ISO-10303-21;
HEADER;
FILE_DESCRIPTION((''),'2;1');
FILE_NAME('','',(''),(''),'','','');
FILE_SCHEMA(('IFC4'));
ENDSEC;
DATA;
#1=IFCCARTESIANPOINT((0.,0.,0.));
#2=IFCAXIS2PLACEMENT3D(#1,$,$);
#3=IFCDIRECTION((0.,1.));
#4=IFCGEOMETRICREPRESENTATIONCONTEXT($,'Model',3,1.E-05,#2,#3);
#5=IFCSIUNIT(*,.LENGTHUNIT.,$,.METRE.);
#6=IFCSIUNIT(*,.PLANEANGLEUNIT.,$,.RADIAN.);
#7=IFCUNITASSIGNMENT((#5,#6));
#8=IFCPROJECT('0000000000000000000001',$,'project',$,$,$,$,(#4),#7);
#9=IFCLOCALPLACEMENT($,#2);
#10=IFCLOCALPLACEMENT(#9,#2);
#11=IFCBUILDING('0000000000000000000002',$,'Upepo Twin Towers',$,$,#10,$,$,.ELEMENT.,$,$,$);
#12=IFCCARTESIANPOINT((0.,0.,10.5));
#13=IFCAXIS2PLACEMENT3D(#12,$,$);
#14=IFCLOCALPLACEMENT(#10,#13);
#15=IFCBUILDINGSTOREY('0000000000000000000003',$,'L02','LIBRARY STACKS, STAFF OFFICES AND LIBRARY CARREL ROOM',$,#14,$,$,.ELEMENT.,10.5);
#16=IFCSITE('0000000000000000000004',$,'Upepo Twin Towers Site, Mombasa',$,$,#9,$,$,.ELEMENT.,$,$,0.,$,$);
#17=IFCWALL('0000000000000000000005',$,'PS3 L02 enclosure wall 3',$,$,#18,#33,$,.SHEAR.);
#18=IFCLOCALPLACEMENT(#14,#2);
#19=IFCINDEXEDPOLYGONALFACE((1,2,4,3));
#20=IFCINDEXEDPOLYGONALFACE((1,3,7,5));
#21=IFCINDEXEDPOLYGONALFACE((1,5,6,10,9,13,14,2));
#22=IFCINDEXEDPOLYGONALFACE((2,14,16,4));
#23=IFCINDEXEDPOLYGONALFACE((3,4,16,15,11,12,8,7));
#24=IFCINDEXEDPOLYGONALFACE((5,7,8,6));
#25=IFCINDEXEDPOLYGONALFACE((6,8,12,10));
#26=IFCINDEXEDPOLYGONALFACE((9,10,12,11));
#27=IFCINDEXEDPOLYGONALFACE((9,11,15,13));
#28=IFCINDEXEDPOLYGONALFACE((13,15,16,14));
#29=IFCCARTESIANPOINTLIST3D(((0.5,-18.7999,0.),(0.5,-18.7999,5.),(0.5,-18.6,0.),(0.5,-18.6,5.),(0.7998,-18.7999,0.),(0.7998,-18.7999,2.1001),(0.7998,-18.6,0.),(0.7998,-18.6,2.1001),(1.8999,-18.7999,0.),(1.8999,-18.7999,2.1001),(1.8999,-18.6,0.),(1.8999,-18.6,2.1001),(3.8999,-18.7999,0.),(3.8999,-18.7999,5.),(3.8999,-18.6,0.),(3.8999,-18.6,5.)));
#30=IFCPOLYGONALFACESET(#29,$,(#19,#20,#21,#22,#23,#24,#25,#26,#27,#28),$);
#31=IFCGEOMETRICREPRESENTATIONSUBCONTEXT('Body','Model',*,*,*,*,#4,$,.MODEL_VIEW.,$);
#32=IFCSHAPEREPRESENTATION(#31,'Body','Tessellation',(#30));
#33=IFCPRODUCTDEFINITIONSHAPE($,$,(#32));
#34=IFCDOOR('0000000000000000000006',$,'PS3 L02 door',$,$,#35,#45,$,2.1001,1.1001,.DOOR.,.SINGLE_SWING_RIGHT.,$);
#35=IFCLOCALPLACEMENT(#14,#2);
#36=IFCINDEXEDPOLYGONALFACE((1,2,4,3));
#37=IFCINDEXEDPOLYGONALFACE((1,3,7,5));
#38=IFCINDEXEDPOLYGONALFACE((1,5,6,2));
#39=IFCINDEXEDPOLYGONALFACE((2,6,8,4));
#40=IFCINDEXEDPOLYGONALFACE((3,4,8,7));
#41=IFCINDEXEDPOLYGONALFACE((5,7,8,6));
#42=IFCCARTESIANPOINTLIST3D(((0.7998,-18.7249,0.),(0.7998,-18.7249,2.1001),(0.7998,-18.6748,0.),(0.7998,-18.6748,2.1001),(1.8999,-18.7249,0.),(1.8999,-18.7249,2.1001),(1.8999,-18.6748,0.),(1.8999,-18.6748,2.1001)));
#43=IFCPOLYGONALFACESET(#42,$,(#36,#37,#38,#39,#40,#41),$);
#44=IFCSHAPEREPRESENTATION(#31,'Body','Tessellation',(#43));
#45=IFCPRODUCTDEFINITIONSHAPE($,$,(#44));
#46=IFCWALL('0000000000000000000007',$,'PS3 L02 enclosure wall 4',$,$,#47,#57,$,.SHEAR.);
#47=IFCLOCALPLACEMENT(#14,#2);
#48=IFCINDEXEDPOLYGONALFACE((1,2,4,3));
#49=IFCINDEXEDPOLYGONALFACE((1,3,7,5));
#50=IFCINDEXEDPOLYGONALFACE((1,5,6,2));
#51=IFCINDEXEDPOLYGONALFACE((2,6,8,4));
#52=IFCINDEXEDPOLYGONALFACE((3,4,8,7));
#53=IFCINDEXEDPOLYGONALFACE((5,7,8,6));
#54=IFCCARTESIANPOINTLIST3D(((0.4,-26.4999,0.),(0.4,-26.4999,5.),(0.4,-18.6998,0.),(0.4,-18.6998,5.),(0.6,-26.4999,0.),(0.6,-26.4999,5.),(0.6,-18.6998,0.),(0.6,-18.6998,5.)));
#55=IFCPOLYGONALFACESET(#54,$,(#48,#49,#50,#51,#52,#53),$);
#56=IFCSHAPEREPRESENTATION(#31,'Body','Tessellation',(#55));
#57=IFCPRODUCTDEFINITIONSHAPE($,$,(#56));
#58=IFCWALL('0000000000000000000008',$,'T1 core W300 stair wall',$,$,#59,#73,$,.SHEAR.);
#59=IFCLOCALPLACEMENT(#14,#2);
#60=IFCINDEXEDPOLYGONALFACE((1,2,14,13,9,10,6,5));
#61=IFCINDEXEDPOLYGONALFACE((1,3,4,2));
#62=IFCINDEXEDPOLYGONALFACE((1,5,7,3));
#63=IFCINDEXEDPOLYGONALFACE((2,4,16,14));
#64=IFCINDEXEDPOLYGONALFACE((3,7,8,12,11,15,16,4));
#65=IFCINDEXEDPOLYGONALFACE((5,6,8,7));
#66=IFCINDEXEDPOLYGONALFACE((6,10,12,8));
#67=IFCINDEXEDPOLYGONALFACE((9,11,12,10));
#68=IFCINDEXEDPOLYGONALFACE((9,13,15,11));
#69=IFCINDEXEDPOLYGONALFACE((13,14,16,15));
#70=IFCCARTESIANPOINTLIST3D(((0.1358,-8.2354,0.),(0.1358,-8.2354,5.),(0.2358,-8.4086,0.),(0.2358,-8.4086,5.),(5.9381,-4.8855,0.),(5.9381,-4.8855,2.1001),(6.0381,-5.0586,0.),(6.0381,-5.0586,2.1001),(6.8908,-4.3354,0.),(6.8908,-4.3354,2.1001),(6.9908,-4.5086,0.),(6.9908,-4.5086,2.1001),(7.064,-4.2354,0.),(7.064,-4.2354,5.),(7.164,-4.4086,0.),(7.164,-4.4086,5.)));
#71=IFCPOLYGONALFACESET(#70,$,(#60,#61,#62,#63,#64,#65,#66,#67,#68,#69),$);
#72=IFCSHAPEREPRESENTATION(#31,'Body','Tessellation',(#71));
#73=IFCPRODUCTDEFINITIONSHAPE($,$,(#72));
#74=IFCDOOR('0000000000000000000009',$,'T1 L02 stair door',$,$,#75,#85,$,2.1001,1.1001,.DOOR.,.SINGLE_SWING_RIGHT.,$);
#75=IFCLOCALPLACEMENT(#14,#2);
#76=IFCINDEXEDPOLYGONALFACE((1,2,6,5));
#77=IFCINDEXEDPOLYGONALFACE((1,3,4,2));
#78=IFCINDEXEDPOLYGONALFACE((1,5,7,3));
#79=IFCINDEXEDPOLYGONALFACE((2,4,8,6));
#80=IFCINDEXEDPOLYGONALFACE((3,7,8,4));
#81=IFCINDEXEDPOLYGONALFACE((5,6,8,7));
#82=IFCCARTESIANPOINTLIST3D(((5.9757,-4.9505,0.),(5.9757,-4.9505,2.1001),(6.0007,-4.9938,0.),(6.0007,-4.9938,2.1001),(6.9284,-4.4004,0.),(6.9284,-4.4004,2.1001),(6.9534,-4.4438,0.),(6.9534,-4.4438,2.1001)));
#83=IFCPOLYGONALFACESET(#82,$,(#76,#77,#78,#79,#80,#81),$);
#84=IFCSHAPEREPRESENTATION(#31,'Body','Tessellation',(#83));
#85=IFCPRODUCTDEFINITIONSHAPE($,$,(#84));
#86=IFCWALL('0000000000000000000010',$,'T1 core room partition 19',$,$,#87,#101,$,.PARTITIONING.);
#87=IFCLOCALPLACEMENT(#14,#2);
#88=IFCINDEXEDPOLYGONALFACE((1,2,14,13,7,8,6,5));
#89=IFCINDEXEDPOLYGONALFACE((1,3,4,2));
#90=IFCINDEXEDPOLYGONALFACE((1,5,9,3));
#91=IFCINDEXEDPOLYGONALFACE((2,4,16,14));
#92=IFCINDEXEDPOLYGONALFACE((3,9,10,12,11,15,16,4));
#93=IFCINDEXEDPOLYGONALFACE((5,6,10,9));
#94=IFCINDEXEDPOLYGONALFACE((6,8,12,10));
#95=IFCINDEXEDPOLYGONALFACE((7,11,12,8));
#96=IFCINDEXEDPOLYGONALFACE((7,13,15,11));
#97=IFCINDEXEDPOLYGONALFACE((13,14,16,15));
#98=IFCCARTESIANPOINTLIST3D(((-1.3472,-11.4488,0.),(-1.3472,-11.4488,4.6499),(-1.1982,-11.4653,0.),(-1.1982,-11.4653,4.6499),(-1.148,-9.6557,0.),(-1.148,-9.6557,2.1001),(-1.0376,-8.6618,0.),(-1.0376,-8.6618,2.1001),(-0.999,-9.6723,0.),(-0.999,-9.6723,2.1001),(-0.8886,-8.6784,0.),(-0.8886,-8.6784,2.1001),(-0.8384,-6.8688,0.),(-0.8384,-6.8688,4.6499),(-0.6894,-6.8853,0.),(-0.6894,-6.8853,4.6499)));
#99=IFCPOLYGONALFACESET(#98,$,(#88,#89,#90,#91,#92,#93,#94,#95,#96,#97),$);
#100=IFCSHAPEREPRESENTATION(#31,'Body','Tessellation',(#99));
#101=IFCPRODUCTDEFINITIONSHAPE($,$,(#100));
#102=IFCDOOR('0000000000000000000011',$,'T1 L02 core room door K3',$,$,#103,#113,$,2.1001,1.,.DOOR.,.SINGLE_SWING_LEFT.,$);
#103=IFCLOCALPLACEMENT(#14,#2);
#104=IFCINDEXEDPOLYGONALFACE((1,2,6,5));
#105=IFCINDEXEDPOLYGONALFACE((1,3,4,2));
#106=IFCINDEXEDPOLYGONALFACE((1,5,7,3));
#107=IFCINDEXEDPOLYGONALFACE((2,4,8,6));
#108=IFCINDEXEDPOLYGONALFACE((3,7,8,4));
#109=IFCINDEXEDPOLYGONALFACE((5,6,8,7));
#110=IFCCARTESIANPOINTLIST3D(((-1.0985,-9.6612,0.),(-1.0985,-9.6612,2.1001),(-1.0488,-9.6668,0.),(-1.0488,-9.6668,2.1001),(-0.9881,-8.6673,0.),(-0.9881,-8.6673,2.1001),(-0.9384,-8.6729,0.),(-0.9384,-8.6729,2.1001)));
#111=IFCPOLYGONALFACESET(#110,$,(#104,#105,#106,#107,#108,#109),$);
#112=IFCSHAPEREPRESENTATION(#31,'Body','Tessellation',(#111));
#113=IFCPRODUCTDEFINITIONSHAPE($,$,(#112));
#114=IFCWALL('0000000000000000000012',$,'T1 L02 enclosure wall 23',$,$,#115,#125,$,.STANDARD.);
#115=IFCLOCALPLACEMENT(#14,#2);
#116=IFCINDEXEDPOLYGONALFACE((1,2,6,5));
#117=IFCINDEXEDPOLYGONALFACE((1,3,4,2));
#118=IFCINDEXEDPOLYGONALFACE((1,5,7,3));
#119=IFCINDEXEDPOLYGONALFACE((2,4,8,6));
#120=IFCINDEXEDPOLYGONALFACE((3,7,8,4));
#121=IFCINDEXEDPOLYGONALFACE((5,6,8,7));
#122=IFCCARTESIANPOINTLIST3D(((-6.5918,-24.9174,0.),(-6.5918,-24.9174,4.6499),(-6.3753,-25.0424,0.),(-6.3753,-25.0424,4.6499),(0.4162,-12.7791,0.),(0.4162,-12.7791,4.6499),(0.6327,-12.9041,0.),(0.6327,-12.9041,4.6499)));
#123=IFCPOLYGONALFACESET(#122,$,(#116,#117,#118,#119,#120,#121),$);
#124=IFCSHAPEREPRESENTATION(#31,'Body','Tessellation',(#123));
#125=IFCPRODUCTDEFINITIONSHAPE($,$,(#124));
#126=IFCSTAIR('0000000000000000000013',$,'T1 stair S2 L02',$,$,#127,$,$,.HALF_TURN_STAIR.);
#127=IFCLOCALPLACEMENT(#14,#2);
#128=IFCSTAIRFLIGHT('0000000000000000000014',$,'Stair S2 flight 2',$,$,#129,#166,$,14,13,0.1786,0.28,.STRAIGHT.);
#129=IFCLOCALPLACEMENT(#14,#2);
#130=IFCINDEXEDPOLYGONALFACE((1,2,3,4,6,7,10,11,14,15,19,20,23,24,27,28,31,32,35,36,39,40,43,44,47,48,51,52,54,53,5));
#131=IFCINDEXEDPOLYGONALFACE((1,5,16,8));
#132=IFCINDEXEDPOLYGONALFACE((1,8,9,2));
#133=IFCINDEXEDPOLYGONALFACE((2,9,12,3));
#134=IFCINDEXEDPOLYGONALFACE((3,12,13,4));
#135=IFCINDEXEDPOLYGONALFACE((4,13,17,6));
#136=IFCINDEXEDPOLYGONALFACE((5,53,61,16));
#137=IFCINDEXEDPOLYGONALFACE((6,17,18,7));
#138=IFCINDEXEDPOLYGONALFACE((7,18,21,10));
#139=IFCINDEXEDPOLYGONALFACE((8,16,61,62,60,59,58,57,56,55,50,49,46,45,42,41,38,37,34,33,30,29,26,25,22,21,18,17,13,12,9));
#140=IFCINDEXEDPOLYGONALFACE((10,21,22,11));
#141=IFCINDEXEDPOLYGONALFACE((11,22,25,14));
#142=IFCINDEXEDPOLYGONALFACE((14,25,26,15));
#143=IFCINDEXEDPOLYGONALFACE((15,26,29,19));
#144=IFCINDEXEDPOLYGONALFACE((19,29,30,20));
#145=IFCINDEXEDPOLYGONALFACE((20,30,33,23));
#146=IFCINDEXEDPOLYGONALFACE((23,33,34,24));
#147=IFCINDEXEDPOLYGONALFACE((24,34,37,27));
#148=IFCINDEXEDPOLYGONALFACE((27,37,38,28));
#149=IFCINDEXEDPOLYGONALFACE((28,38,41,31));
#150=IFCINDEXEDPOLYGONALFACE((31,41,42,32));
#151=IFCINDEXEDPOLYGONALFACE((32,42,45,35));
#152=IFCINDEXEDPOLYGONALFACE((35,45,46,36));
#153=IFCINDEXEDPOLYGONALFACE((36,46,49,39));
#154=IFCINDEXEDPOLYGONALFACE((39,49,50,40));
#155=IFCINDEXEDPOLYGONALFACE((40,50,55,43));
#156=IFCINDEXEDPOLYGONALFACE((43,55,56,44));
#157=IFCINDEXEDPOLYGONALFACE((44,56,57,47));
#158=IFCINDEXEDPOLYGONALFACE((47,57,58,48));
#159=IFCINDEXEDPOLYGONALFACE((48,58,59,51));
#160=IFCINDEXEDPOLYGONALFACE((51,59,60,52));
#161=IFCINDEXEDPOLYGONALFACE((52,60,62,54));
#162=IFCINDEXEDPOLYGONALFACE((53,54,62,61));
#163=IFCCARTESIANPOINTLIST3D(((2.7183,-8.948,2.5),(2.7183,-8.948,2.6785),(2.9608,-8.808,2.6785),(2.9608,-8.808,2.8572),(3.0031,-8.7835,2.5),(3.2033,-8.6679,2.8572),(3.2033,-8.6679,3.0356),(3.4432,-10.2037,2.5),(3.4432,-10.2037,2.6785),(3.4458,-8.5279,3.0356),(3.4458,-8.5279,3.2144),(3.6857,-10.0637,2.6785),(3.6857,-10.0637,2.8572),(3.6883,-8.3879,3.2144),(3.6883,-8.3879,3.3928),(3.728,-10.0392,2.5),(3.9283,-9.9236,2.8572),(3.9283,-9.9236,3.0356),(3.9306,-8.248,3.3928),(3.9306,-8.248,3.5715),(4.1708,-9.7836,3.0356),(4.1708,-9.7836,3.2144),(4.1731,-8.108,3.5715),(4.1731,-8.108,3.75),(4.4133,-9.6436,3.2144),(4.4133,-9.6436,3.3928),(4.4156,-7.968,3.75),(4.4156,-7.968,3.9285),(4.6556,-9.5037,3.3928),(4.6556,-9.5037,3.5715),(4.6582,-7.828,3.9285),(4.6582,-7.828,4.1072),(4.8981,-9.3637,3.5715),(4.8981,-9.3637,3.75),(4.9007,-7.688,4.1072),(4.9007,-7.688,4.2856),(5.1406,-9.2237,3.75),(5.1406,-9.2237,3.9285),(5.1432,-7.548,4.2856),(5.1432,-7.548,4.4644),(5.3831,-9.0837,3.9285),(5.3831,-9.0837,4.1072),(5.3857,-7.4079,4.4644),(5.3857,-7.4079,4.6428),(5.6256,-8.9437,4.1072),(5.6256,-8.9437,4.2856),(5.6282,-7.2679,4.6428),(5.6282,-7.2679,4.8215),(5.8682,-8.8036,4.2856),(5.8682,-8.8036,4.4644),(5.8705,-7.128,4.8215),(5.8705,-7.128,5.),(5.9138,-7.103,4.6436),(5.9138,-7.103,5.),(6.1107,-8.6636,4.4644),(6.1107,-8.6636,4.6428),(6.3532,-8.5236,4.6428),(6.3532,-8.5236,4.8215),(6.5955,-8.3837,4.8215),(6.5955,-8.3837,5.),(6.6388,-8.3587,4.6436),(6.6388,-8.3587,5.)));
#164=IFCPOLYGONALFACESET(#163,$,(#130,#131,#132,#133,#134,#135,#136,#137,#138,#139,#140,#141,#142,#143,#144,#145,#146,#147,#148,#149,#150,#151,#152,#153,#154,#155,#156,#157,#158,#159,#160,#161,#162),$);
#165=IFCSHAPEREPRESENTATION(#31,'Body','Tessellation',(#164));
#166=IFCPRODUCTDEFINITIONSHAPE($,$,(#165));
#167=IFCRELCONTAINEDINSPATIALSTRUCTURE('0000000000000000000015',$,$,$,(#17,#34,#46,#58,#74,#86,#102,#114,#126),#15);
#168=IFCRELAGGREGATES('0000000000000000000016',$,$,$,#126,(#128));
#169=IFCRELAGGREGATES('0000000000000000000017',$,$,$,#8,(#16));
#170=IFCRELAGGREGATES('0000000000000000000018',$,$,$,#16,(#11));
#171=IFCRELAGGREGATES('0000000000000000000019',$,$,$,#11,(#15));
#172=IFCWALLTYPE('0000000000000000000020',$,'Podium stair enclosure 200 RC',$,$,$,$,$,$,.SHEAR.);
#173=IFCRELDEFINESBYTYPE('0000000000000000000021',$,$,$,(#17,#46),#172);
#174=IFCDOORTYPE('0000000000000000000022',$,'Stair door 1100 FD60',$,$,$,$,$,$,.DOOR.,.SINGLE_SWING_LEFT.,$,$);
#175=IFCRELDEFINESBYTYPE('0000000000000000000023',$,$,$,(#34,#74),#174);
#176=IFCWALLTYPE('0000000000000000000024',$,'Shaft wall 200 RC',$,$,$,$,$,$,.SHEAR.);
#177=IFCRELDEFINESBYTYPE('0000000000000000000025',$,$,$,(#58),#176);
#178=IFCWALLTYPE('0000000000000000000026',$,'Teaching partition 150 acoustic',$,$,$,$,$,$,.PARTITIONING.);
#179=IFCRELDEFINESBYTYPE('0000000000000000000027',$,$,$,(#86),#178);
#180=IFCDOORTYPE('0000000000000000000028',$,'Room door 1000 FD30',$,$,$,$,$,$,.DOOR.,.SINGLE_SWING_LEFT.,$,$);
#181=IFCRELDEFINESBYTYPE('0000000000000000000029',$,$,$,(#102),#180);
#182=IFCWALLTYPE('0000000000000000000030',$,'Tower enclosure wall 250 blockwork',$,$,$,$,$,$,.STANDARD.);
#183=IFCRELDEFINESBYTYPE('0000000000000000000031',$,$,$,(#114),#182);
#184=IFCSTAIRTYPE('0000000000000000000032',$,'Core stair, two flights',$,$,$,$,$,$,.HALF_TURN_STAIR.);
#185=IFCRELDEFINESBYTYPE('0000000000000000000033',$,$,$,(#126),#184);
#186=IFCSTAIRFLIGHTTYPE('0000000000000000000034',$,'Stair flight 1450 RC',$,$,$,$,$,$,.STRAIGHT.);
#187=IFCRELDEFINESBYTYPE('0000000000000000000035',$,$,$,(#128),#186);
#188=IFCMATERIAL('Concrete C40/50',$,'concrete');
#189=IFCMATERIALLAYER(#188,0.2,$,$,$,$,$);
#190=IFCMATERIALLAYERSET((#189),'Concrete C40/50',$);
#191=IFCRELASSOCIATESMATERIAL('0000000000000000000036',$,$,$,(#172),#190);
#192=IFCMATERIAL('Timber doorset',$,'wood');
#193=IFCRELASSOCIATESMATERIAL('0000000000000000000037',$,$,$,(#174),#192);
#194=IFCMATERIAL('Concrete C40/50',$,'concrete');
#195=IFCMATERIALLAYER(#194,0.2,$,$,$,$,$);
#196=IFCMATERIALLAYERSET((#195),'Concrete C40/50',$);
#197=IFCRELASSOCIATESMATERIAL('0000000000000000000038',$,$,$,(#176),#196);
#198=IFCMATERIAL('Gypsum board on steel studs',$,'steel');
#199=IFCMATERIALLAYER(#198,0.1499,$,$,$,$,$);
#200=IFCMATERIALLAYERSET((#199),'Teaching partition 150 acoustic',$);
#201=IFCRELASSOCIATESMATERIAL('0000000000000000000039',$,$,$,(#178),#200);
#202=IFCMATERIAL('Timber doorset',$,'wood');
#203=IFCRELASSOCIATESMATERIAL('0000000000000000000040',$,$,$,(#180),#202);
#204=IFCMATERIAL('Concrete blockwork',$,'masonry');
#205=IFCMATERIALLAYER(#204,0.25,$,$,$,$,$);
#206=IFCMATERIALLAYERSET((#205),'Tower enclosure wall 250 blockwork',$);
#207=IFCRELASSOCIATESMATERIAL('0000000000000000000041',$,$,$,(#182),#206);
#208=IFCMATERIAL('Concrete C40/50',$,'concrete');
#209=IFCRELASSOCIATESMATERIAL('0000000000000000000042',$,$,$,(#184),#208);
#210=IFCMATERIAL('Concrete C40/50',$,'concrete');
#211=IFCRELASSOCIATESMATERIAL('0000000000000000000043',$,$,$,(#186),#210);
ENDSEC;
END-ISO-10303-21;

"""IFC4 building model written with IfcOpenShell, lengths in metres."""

from ifc_helpers import new_model, si_unit, direction, frame, frame_2d, origin, place, context, subcontext, project, spatial, polyline, rectangle, outline, extrude, material, layer, layer_set, type_object, element, fill, aggregate, save


model = new_model("IFC4")

# Units and contexts
model_context = context("Model", 3, precision=1e-05, world=origin(), true_north=direction((0.0, 1.0)))
body_context = subcontext(model_context, "Body", "Model", "MODEL_VIEW")
ifc_project = project(units=[si_unit("LENGTHUNIT", "METRE"), si_unit("PLANEANGLEUNIT", "RADIAN")], contexts=[model_context])

# Site, building, storey
site_placement = place(None, origin())
site = spatial("IfcSite", under=ifc_project, at=site_placement, Name="Upepo Twin Towers Site, Mombasa", CompositionType="ELEMENT", RefElevation=0.0)
building_placement = place(site_placement, origin())
building = spatial("IfcBuilding", under=site, at=building_placement, Name="Upepo Twin Towers", CompositionType="ELEMENT")
storey_placement = place(building_placement, frame((0.0, 0.0, 10.5)))
storey = spatial("IfcBuildingStorey", under=building, at=storey_placement, Name="L02", Description="LIBRARY STACKS, STAFF OFFICES AND LIBRARY CARREL ROOM", CompositionType="ELEMENT", Elevation=10.5)

# Wall, opening, door
ifc_material_1 = material(Name="Concrete C40/50", Category="concrete")
ifc_layer_1 = layer(ifc_material_1, 0.2)
ifc_layer_set_1 = layer_set([ifc_layer_1], Name="Concrete C40/50")
wall_type_1 = type_object("IfcWallType", Name="Podium stair enclosure 200 RC", PredefinedType="SHEAR", material=ifc_layer_set_1)
wall_1_placement = place(storey_placement, frame((3.8999, -18.7, 0.0), z_axis=(0.0, 0.0, 1.0), x_axis=(-1.0, 0.0, 0.0)))
wall_1 = element("IfcWall", 1, at=wall_1_placement, inside=storey, type_object=wall_type_1, Name="PS3 L02 enclosure wall 3", PredefinedType="SHEAR", context=body_context, shape_type="SweptSolid", body=[
    extrude(rectangle(XDim=3.3999, YDim=0.2, at=frame_2d((1.7, 0.0))), origin(), (0.0, 0.0, 1.0), 5.0),
])
opening_1_placement = place(wall_1_placement, frame((2.0, 0.0, 0.0)))
opening_1 = element("IfcOpeningElement", 2, at=opening_1_placement, cuts=wall_1, PredefinedType="OPENING", context=body_context, shape_type="SweptSolid", body=[
    extrude(rectangle(XDim=1.1001, YDim=2.1001, at=frame_2d((0.55, 1.05))), frame((0.0, 0.1099, 0.0), z_axis=(0.0, -1.0, 0.0), x_axis=(1.0, 0.0, 0.0)), (0.0, 0.0, 1.0), 0.22),
])
ifc_material_2 = material(Name="Timber doorset", Category="wood")
door_type_1 = type_object("IfcDoorType", Name="Stair door 1100 FD60", OperationType="SINGLE_SWING_LEFT", PredefinedType="DOOR", material=ifc_material_2)
door_1_placement = place(opening_1_placement, origin())
door_1 = element("IfcDoor", 3, at=door_1_placement, inside=storey, type_object=door_type_1, Name="PS3 L02 door", OperationType="SINGLE_SWING_RIGHT", OverallHeight=2.1001, OverallWidth=1.1001, PredefinedType="DOOR", context=body_context, shape_type="SweptSolid", body=[
    extrude(rectangle(XDim=1.1001, YDim=2.1001, at=frame_2d((0.55, 1.05))), frame((0.0, 0.0249, 0.0), z_axis=(0.0, -1.0, 0.0), x_axis=(1.0, 0.0, 0.0)), (0.0, 0.0, 1.0), 0.05),
])
fill(opening_1, door_1)

# Wall
wall_2_placement = place(storey_placement, frame((0.5, -18.7, 0.0), z_axis=(0.0, 0.0, 1.0), x_axis=(0.0, -1.0, 0.0)))
element("IfcWall", 4, at=wall_2_placement, inside=storey, type_object=wall_type_1, Name="PS3 L02 enclosure wall 4", PredefinedType="SHEAR", context=body_context, shape_type="SweptSolid", body=[
    extrude(rectangle(XDim=7.8, YDim=0.2, at=frame_2d((3.8999, 0.0))), origin(), (0.0, 0.0, 1.0), 5.0),
])

# Walls, openings, doors
ifc_material_3 = material(Name="Concrete C40/50", Category="concrete")
ifc_layer_2 = layer(ifc_material_3, 0.2)
ifc_layer_set_2 = layer_set([ifc_layer_2], Name="Concrete C40/50")
wall_type_2 = type_object("IfcWallType", Name="Shaft wall 200 RC", PredefinedType="SHEAR", material=ifc_layer_set_2)
wall_3_placement = place(storey_placement, frame((0.1858, -8.322, 0.0), z_axis=(0.0, 0.0, 1.0), x_axis=(0.866026, 0.499999, 0.0)))
wall_3 = element("IfcWall", 5, at=wall_3_placement, inside=storey, type_object=wall_type_2, Name="T1 core W300 stair wall", PredefinedType="SHEAR", context=body_context, shape_type="SweptSolid", body=[
    extrude(rectangle(XDim=8.0, YDim=0.2, at=frame_2d((4.0, 0.0))), origin(), (0.0, 0.0, 1.0), 5.0),
])
opening_2_placement = place(wall_3_placement, frame((6.7, 0.0, 0.0)))
opening_2 = element("IfcOpeningElement", 6, at=opening_2_placement, cuts=wall_3, PredefinedType="OPENING", context=body_context, shape_type="SweptSolid", body=[
    extrude(rectangle(XDim=1.1001, YDim=2.1001, at=frame_2d((0.55, 1.05))), frame((0.0, 0.1099, 0.0), z_axis=(0.0, -1.0, 0.0), x_axis=(1.0, 0.0, 0.0)), (0.0, 0.0, 1.0), 0.22),
])
door_2_placement = place(opening_2_placement, origin())
door_2 = element("IfcDoor", 7, at=door_2_placement, inside=storey, type_object=door_type_1, Name="T1 L02 stair door", OperationType="SINGLE_SWING_RIGHT", OverallHeight=2.1001, OverallWidth=1.1001, PredefinedType="DOOR", context=body_context, shape_type="SweptSolid", body=[
    extrude(rectangle(XDim=1.1001, YDim=2.1001, at=frame_2d((0.55, 1.05))), frame((0.0, 0.0249, 0.0), z_axis=(0.0, -1.0, 0.0), x_axis=(1.0, 0.0, 0.0)), (0.0, 0.0, 1.0), 0.05),
])
fill(opening_2, door_2)
ifc_material_4 = material(Name="Gypsum board on steel studs", Category="steel")
ifc_layer_3 = layer(ifc_material_4, 0.1499)
ifc_layer_set_3 = layer_set([ifc_layer_3], Name="Teaching partition 150 acoustic")
wall_type_3 = type_object("IfcWallType", Name="Teaching partition 150 acoustic", PredefinedType="PARTITIONING", material=ifc_layer_set_3)
wall_4_placement = place(storey_placement, frame((-0.7639, -6.877, 0.0), z_axis=(0.0, 0.0, 1.0), x_axis=(-0.110408, -0.993886, 0.0)))
wall_4 = element("IfcWall", 8, at=wall_4_placement, inside=storey, type_object=wall_type_3, Name="T1 core room partition 19", PredefinedType="PARTITIONING", context=body_context, shape_type="SweptSolid", body=[
    extrude(rectangle(XDim=4.6082, YDim=0.1499, at=frame_2d((2.3042, 0.0))), origin(), (0.0, 0.0, 1.0), 4.6499),
])
opening_3_placement = place(wall_4_placement, frame((1.8042, 0.0, 0.0)))
opening_3 = element("IfcOpeningElement", 9, at=opening_3_placement, cuts=wall_4, PredefinedType="OPENING", context=body_context, shape_type="SweptSolid", body=[
    extrude(rectangle(XDim=1.0, YDim=2.1001, at=frame_2d((0.5, 1.05))), frame((0.0, 0.085, 0.0), z_axis=(0.0, -1.0, 0.0), x_axis=(1.0, 0.0, 0.0)), (0.0, 0.0, 1.0), 0.1699),
])
ifc_material_5 = material(Name="Timber doorset", Category="wood")
door_type_2 = type_object("IfcDoorType", Name="Room door 1000 FD30", OperationType="SINGLE_SWING_LEFT", PredefinedType="DOOR", material=ifc_material_5)
door_3_placement = place(opening_3_placement, origin())
door_3 = element("IfcDoor", 10, at=door_3_placement, inside=storey, type_object=door_type_2, Name="T1 L02 core room door K3", OperationType="SINGLE_SWING_LEFT", OverallHeight=2.1001, OverallWidth=1.0, PredefinedType="DOOR", context=body_context, shape_type="SweptSolid", body=[
    extrude(rectangle(XDim=1.0, YDim=2.1001, at=frame_2d((0.5, 1.05))), frame((0.0, 0.0249, 0.0), z_axis=(0.0, -1.0, 0.0), x_axis=(1.0, 0.0, 0.0)), (0.0, 0.0, 1.0), 0.05),
])
fill(opening_3, door_3)

# Wall
ifc_material_6 = material(Name="Concrete blockwork", Category="masonry")
ifc_layer_4 = layer(ifc_material_6, 0.25)
ifc_layer_set_4 = layer_set([ifc_layer_4], Name="Tower enclosure wall 250 blockwork")
wall_type_4 = type_object("IfcWallType", Name="Tower enclosure wall 250 blockwork", PredefinedType="STANDARD", material=ifc_layer_set_4)
wall_5_placement = place(storey_placement, frame((0.5244, -12.8416, 0.0), z_axis=(0.0, 0.0, 1.0), x_axis=(-0.499996, -0.866028, 0.0)))
element("IfcWall", 11, at=wall_5_placement, inside=storey, type_object=wall_type_4, Name="T1 L02 enclosure wall 23", PredefinedType="STANDARD", context=body_context, shape_type="SweptSolid", body=[
    extrude(rectangle(XDim=14.0161, YDim=0.25, at=frame_2d((7.0081, 0.0))), origin(), (0.0, 0.0, 1.0), 4.6499),
])

# Stair, stair flight
ifc_material_7 = material(Name="Concrete C40/50", Category="concrete")
stair_type = type_object("IfcStairType", Name="Core stair, two flights", PredefinedType="HALF_TURN_STAIR", material=ifc_material_7)
stair_placement = place(storey_placement, origin())
stair = element("IfcStair", 12, at=stair_placement, inside=storey, type_object=stair_type, Name="T1 stair S2 L02", PredefinedType="HALF_TURN_STAIR")
ifc_material_8 = material(Name="Concrete C40/50", Category="concrete")
stair_flight_type = type_object("IfcStairFlightType", Name="Stair flight 1450 RC", PredefinedType="STRAIGHT", material=ifc_material_8)
stair_flight_placement = place(storey_placement, frame((3.0808, -9.5759, 2.5), z_axis=(0.0, 0.0, 1.0), x_axis=(0.866025, 0.5, 0.0)))
stair_flight = element("IfcStairFlight", 13, at=stair_flight_placement, type_object=stair_flight_type, Name="Stair S2 flight 2", NumberOfRisers=14, NumberOfTreads=13, PredefinedType="STRAIGHT", RiserHeight=0.1786, TreadLength=0.28, context=body_context, shape_type="SweptSolid", body=[
    extrude(outline(polyline([(0.0, 0.0), (0.0, 0.1785), (0.28, 0.1785), (0.28, 0.3572), (0.5601, 0.3572), (0.5601, 0.5356), (0.8401, 0.5356), (0.8401, 0.7144), (1.1201, 0.7144), (1.1201, 0.8928), (1.3999, 0.8928), (1.3999, 1.0715), (1.6799, 1.0715), (1.6799, 1.25), (1.96, 1.25), (1.96, 1.4285), (2.24, 1.4285), (2.24, 1.6072), (2.52, 1.6072), (2.52, 1.7856), (2.8, 1.7856), (2.8, 1.9644), (3.0801, 1.9644), (3.0801, 2.1428), (3.3601, 2.1428), (3.3601, 2.3215), (3.6399, 2.3215), (3.6399, 2.5), (3.6899, 2.5), (3.6899, 2.1436), (0.3289, 0.0), (0.0, 0.0)])), frame((0.0, 0.7251, 0.0), z_axis=(0.0, -1.0, 0.0), x_axis=(1.0, 0.0, 0.0)), (0.0, 0.0, 1.0), 1.45),
])
aggregate(stair, [stair_flight])

save(model, "model.ifc")
